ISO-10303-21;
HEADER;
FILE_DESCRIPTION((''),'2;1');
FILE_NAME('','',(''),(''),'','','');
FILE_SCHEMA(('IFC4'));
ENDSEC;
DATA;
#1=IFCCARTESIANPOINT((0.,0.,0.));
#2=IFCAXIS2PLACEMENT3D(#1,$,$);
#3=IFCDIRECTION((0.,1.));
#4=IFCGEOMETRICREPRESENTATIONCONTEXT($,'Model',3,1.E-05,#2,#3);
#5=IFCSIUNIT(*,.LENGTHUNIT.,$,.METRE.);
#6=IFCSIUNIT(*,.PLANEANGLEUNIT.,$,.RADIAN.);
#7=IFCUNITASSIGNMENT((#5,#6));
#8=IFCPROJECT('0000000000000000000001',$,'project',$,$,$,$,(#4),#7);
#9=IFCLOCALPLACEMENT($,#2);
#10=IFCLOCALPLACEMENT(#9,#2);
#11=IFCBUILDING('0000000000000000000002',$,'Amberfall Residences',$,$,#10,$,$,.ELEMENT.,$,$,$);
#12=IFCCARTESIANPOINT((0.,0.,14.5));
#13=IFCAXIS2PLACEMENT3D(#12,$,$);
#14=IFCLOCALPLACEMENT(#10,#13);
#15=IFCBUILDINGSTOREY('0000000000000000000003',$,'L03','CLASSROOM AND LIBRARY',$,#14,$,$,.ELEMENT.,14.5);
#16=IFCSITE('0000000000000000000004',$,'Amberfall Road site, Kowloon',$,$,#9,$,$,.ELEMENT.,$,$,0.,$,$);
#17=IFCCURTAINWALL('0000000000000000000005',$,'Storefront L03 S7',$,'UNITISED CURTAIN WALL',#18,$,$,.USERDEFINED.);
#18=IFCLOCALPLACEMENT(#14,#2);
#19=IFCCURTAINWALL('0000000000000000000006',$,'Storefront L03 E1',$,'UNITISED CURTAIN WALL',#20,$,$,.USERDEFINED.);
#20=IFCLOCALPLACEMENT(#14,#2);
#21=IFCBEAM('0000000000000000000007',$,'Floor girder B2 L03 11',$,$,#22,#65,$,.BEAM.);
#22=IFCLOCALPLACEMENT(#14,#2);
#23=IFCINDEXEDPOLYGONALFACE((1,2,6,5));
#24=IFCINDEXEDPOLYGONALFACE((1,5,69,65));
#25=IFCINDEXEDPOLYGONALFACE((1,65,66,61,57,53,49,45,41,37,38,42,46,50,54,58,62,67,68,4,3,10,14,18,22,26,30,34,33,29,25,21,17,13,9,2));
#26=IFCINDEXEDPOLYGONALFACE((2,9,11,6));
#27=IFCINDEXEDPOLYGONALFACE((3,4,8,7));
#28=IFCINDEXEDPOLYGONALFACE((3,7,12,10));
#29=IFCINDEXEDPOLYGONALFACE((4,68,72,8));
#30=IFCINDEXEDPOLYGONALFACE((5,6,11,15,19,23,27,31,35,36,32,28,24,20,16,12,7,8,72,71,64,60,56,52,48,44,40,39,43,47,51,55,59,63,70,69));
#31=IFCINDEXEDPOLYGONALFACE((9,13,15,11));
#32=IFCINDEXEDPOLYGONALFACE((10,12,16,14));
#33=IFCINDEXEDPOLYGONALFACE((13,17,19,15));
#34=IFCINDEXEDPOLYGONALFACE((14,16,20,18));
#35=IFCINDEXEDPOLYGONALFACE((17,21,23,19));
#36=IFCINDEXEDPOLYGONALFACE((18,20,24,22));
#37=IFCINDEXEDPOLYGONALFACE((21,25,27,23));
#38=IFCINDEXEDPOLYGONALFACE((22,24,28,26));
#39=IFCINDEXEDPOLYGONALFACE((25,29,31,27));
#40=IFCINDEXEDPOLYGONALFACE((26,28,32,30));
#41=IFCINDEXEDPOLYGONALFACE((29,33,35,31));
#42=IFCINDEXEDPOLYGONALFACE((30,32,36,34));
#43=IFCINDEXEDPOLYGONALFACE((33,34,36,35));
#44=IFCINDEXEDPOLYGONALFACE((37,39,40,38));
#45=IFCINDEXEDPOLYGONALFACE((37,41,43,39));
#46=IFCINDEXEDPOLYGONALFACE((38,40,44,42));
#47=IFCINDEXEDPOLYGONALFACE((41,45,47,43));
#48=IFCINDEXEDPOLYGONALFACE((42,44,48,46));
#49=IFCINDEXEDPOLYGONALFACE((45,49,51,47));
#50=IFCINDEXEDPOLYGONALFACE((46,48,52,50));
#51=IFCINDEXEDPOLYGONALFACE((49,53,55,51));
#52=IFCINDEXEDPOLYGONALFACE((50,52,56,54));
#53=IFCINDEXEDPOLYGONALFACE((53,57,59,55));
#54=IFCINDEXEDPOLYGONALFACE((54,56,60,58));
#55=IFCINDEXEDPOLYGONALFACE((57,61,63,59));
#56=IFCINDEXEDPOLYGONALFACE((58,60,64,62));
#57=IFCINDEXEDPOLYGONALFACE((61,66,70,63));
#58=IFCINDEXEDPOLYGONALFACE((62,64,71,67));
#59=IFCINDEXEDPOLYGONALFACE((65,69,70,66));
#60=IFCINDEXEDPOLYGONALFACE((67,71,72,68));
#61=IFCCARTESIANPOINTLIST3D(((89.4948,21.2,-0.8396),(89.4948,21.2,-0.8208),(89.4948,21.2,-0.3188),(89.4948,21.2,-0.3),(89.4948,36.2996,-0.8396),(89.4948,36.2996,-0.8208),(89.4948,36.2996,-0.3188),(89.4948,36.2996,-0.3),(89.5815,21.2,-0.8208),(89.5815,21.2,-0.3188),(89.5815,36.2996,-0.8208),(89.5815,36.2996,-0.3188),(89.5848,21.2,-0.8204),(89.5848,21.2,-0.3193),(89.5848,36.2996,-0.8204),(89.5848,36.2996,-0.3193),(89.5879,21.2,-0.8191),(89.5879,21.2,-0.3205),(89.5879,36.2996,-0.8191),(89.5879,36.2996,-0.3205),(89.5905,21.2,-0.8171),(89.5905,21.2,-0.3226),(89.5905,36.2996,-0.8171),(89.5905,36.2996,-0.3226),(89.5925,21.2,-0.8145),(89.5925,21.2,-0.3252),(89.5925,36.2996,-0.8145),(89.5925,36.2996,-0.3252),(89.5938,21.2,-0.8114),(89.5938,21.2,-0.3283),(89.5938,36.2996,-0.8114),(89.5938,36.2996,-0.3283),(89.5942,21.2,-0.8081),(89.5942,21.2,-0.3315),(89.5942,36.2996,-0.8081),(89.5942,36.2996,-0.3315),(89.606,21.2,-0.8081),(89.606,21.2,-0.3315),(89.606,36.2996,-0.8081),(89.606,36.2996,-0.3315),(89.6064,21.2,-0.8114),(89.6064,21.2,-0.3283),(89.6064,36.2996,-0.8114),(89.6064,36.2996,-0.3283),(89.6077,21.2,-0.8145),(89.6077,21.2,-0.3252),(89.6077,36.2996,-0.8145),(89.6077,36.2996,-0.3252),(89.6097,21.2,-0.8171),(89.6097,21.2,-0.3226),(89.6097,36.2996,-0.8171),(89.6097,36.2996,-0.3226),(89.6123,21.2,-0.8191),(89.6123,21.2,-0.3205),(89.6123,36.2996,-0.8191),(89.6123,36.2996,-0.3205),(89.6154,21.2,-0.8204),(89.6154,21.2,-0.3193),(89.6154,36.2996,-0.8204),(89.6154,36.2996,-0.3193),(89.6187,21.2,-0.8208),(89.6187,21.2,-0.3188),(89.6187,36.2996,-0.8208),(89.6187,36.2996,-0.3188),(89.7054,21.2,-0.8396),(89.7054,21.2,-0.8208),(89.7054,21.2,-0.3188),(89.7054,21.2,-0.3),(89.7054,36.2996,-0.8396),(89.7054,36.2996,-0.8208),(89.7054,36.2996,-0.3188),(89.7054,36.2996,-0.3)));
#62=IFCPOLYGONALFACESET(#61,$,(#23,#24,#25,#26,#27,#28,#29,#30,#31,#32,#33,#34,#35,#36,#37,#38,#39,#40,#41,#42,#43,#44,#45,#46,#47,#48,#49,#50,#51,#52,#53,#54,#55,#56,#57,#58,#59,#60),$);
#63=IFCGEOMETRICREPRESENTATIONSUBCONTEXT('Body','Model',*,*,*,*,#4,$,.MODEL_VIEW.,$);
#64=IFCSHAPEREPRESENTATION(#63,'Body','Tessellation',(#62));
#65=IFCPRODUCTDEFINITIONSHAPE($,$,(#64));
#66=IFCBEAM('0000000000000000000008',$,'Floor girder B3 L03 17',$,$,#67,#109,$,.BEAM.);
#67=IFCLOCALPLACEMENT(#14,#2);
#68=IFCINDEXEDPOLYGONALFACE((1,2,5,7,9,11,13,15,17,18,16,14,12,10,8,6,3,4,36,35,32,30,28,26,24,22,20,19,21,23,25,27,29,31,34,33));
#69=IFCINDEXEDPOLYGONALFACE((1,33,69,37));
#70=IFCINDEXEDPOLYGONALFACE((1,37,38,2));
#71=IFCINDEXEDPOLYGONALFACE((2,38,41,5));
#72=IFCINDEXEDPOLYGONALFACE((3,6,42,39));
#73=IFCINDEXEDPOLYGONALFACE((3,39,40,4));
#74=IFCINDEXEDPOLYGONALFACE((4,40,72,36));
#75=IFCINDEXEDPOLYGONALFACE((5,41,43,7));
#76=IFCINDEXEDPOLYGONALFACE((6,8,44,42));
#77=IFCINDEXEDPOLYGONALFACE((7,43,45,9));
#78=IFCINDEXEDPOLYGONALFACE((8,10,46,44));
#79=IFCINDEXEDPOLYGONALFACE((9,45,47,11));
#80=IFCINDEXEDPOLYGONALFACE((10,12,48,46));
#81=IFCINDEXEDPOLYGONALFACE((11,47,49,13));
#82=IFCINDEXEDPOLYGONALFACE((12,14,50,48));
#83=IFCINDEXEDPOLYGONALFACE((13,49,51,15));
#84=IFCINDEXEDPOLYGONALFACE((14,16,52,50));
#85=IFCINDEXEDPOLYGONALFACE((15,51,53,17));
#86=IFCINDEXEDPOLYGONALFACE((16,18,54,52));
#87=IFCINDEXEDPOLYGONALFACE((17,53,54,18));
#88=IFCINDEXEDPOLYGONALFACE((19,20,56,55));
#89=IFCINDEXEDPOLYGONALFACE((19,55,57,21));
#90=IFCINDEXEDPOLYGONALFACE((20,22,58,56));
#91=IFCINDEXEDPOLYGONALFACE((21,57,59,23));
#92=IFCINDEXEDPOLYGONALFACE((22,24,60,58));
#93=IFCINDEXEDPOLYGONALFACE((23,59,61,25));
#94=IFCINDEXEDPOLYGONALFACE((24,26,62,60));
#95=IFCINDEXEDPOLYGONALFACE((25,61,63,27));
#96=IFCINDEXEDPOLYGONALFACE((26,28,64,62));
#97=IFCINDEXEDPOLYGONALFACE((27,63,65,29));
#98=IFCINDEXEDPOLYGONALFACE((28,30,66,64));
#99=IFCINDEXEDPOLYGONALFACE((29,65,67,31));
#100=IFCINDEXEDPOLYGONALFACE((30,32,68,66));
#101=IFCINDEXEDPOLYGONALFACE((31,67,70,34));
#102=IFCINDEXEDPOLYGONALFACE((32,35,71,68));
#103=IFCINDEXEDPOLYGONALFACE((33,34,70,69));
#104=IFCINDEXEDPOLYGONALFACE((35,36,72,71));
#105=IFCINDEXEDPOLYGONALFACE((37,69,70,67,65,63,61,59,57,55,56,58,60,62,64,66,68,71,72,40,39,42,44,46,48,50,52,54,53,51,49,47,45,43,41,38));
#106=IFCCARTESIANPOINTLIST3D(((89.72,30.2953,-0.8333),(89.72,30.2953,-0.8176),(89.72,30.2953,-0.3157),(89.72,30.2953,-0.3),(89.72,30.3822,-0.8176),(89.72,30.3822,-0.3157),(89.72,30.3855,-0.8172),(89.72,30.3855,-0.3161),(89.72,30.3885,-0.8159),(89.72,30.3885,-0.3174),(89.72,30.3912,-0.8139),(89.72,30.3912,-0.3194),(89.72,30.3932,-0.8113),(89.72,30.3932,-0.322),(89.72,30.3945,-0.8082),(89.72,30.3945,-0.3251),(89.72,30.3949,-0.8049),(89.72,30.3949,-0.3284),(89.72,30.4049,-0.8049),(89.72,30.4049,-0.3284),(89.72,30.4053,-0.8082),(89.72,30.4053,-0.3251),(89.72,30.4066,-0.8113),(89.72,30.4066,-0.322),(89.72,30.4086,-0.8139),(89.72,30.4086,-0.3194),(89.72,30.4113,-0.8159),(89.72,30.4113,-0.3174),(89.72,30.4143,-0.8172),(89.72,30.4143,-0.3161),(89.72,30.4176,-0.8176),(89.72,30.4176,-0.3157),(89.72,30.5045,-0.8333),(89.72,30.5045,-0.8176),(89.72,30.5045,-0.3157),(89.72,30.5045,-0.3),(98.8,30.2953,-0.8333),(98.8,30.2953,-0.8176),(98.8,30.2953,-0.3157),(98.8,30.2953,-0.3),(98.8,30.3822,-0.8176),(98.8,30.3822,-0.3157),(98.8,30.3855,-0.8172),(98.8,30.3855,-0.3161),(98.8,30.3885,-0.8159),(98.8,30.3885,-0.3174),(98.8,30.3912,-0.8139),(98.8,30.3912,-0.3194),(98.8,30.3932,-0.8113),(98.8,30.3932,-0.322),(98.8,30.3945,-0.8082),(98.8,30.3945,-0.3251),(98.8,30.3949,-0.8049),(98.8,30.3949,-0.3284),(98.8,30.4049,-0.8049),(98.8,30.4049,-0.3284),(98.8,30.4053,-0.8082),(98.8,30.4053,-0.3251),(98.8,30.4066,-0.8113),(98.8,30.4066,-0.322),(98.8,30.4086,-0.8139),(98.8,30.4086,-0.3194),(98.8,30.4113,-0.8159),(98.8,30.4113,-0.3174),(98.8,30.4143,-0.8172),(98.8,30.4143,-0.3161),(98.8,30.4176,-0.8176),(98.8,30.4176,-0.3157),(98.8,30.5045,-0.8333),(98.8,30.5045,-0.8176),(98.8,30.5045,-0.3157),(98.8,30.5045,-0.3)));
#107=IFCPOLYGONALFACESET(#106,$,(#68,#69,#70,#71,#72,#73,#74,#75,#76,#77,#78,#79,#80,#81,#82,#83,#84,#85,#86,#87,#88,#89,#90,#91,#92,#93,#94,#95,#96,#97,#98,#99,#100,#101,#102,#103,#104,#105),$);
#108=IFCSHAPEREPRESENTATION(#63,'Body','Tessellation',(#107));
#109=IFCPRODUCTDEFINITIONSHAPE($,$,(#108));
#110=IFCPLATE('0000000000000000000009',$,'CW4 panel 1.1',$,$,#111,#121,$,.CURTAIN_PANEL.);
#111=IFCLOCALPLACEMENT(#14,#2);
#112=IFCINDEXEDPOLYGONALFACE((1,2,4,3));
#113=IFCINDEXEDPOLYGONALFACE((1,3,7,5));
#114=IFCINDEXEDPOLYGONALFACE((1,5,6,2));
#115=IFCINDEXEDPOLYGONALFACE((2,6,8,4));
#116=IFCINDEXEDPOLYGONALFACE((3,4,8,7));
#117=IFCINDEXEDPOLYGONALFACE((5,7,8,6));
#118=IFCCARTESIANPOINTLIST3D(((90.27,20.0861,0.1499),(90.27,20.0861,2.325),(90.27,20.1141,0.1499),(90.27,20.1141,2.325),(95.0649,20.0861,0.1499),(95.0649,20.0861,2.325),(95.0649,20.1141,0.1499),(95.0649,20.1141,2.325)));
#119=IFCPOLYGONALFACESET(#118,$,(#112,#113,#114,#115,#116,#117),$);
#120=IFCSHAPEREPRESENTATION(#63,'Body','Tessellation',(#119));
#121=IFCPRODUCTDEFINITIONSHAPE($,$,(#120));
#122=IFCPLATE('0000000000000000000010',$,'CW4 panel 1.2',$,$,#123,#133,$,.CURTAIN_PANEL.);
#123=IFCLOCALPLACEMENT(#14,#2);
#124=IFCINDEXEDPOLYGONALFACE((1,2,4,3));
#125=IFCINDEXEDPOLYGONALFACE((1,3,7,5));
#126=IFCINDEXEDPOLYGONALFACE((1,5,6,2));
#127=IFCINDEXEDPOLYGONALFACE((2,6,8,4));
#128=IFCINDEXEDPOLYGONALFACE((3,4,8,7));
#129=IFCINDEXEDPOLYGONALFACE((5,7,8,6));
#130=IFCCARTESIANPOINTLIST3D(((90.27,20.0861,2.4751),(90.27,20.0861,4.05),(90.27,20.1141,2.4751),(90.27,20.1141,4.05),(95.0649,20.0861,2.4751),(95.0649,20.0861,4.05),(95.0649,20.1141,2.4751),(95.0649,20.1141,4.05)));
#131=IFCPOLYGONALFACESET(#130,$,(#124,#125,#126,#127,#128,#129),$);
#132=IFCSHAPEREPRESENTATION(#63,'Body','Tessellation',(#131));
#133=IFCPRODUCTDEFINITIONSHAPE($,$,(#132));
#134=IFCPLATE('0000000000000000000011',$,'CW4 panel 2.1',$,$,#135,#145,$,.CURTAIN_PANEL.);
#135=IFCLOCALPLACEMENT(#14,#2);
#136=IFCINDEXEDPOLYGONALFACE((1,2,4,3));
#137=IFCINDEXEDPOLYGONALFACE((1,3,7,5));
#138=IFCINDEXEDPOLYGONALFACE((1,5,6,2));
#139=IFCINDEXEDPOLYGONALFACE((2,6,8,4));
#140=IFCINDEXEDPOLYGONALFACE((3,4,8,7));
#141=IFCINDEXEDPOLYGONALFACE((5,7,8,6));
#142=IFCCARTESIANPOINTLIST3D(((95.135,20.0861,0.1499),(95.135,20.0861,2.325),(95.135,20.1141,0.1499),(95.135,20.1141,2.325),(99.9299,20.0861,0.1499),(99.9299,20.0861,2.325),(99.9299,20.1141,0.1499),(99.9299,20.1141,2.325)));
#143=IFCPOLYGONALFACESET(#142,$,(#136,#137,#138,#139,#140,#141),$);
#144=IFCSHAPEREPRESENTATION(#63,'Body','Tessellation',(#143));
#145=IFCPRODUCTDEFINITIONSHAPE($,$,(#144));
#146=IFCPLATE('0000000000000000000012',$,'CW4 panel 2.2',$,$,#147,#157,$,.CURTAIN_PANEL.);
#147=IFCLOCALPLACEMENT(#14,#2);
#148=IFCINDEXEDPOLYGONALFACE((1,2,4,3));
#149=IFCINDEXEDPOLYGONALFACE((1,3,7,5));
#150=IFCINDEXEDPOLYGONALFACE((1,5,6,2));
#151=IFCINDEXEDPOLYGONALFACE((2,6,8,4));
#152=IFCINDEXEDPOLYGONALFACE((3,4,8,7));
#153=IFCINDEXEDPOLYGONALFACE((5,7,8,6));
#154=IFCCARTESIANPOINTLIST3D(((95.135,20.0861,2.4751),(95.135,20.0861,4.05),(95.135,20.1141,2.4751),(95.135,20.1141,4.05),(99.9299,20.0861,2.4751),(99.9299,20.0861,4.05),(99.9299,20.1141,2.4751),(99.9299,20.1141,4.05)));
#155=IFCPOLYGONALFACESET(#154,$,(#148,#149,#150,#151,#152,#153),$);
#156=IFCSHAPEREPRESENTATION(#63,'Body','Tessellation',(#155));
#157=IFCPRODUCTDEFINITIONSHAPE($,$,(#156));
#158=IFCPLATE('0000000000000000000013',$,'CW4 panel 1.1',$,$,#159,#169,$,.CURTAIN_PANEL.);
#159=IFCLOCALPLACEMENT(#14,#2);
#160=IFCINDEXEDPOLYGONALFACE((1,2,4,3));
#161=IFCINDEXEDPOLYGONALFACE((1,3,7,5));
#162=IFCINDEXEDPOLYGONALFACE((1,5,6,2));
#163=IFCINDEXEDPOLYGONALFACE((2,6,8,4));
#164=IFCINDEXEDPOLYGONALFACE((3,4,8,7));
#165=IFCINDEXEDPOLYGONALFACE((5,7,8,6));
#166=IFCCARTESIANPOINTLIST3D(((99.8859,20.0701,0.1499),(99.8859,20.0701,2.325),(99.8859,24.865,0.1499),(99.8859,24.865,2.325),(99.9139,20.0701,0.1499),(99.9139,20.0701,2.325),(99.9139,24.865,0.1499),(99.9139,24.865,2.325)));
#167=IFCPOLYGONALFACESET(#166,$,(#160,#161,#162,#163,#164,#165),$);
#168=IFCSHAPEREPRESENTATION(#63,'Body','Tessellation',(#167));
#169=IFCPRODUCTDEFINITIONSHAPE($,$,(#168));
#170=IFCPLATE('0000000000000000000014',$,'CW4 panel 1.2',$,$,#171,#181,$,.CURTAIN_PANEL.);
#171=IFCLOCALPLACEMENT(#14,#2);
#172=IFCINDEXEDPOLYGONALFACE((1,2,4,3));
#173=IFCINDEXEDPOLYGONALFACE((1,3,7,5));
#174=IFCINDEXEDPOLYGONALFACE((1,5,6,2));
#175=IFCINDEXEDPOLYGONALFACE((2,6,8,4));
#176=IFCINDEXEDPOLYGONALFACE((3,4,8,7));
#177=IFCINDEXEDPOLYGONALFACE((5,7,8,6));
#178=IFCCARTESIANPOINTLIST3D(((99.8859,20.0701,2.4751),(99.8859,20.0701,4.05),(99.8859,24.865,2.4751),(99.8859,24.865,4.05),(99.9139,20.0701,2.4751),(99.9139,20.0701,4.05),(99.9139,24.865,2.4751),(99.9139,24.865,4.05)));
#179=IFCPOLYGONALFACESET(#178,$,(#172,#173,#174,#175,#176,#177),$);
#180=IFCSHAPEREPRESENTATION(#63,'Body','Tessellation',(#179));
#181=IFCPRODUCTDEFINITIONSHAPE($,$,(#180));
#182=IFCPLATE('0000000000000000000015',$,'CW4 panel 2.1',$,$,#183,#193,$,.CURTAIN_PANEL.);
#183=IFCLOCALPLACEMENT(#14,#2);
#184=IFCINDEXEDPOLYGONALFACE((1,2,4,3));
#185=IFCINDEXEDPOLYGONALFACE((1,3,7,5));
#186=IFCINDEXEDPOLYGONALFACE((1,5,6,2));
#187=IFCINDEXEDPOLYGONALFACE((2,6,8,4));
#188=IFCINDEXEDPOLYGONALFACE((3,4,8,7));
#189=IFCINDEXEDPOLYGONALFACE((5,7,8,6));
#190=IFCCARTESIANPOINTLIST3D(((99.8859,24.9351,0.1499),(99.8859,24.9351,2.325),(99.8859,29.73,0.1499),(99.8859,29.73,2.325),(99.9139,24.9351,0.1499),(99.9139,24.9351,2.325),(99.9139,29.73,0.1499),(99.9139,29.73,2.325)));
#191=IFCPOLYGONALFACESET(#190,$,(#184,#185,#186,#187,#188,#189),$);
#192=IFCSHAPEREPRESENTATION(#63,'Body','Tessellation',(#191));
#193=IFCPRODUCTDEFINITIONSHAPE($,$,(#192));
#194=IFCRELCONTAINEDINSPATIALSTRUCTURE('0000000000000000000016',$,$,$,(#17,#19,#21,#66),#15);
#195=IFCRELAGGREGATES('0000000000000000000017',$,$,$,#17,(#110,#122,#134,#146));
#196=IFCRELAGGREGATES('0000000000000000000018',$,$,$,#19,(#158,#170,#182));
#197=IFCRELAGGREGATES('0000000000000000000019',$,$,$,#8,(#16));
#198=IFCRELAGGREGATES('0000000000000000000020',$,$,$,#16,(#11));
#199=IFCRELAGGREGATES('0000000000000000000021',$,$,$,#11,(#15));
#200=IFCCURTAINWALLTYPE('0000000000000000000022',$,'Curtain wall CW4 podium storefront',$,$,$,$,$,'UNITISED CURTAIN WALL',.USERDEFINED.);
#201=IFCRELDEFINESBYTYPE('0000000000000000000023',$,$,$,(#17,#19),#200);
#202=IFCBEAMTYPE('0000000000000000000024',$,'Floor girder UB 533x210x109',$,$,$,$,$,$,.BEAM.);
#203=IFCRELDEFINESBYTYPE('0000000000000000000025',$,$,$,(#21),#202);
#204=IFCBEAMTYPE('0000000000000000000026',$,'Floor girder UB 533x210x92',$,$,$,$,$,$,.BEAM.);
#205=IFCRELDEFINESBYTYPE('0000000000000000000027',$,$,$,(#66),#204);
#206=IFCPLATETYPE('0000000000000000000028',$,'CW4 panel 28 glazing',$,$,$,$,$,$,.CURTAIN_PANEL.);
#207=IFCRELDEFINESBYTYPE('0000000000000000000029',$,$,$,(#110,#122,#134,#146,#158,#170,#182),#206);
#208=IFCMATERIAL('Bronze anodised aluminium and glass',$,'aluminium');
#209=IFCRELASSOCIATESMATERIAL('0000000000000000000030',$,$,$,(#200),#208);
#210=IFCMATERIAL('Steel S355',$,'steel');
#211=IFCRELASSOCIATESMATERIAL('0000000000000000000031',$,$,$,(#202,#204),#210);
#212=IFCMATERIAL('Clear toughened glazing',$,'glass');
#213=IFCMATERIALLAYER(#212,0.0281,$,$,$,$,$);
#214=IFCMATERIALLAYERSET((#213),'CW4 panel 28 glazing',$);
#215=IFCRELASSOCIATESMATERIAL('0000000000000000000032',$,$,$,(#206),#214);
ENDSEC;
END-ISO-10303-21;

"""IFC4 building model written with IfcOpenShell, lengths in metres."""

from ifc_helpers import new_model, si_unit, direction, frame, origin, origin_2d, place, context, subcontext, project, spatial, rectangle, i_section, extrude, material, layer, layer_set, material_profile, profile_set, type_object, element, aggregate, save


model = new_model("IFC4")

# Units and contexts
model_context = context("Model", 3, precision=1e-05, world=origin(), true_north=direction((0.0, 1.0)))
body_context = subcontext(model_context, "Body", "Model", "MODEL_VIEW")
ifc_project = project(units=[si_unit("LENGTHUNIT", "METRE"), si_unit("PLANEANGLEUNIT", "RADIAN")], contexts=[model_context])

# Site, building, storey
site_placement = place(None, origin())
site = spatial("IfcSite", under=ifc_project, at=site_placement, Name="Amberfall Road site, Kowloon", CompositionType="ELEMENT", RefElevation=0.0)
building_placement = place(site_placement, origin())
building = spatial("IfcBuilding", under=site, at=building_placement, Name="Amberfall Residences", CompositionType="ELEMENT")
storey_placement = place(building_placement, frame((0.0, 0.0, 14.5)))
storey = spatial("IfcBuildingStorey", under=building, at=storey_placement, Name="L03", Description="CLASSROOM AND LIBRARY", CompositionType="ELEMENT", Elevation=14.5)

# Curtain walls
ifc_material_1 = material(Name="Bronze anodised aluminium and glass", Category="aluminium")
curtain_wall_type = type_object("IfcCurtainWallType", Name="Curtain wall CW4 podium storefront", ElementType="UNITISED CURTAIN WALL", PredefinedType="USERDEFINED", material=ifc_material_1)
curtain_wall_1_placement = place(storey_placement, origin())
curtain_wall_1 = element("IfcCurtainWall", 1, at=curtain_wall_1_placement, inside=storey, type_object=curtain_wall_type, Name="Storefront L03 S7", ObjectType="UNITISED CURTAIN WALL", PredefinedType="USERDEFINED")
curtain_wall_2_placement = place(storey_placement, origin())
curtain_wall_2 = element("IfcCurtainWall", 2, at=curtain_wall_2_placement, inside=storey, type_object=curtain_wall_type, Name="Storefront L03 E1", ObjectType="UNITISED CURTAIN WALL", PredefinedType="USERDEFINED")

# Beams
ifc_material_2 = material(Name="Steel S355", Category="steel")
ifc_material_profile_1 = material_profile(ifc_material_2, i_section(OverallWidth=0.2107, OverallDepth=0.5396, WebThickness=0.0117, FlangeThickness=0.0188, FilletRadius=0.0127, at=origin_2d()), Name="UB 533x210x109")
ifc_profile_set_1 = profile_set([ifc_material_profile_1], Name="Steel S355")
beam_type_1 = type_object("IfcBeamType", Name="Floor girder UB 533x210x109", PredefinedType="BEAM", material=ifc_profile_set_1)
beam_1_placement = place(storey_placement, frame((89.6001, 21.2, -0.5698), z_axis=(0.0, 1.0, 0.0), x_axis=(-1.0, 0.0, 0.0)))
element("IfcBeam", 3, at=beam_1_placement, inside=storey, type_object=beam_type_1, Name="Floor girder B2 L03 11", PredefinedType="BEAM", context=body_context, shape_type="SweptSolid", body=[
    extrude(i_section(OverallWidth=0.2107, OverallDepth=0.5396, WebThickness=0.0117, FlangeThickness=0.0188, FilletRadius=0.0127, at=origin_2d()), origin(), (0.0, 0.0, 1.0), 15.0996),
])
ifc_material_profile_2 = material_profile(ifc_material_2, i_section(OverallWidth=0.2092, OverallDepth=0.5332, WebThickness=0.01, FlangeThickness=0.0156, FilletRadius=0.0127, at=origin_2d()), Name="UB 533x210x92")
ifc_profile_set_2 = profile_set([ifc_material_profile_2], Name="Steel S355")
beam_type_2 = type_object("IfcBeamType", Name="Floor girder UB 533x210x92", PredefinedType="BEAM", material=ifc_profile_set_2)
beam_2_placement = place(storey_placement, frame((98.8, 30.3999, -0.5667), z_axis=(-1.0, 0.0, 0.0), x_axis=(0.0, -1.0, 0.0)))
element("IfcBeam", 4, at=beam_2_placement, inside=storey, type_object=beam_type_2, Name="Floor girder B3 L03 17", PredefinedType="BEAM", context=body_context, shape_type="SweptSolid", body=[
    extrude(i_section(OverallWidth=0.2092, OverallDepth=0.5332, WebThickness=0.01, FlangeThickness=0.0156, FilletRadius=0.0127, at=origin_2d()), origin(), (0.0, 0.0, 1.0), 9.0801),
])

# Plates
ifc_material_3 = material(Name="Clear toughened glazing", Category="glass")
ifc_layer_1 = layer(ifc_material_3, 0.0281)
ifc_layer_set_1 = layer_set([ifc_layer_1], Name="CW4 panel 28 glazing")
plate_type = type_object("IfcPlateType", Name="CW4 panel 28 glazing", PredefinedType="CURTAIN_PANEL", material=ifc_layer_set_1)
plate_1_placement = place(storey_placement, frame((92.6675, 20.1001, 0.1499), z_axis=(0.0, 0.0, 1.0), x_axis=(1.0, 0.0, 0.0)))
plate_1 = element("IfcPlate", 5, at=plate_1_placement, type_object=plate_type, Name="CW4 panel 1.1", PredefinedType="CURTAIN_PANEL", context=body_context, shape_type="SweptSolid", body=[
    extrude(rectangle(XDim=4.7949, YDim=0.0281, at=origin_2d()), origin(), (0.0, 0.0, 1.0), 2.175),
])
plate_2_placement = place(storey_placement, frame((92.6675, 20.1001, 2.4751), z_axis=(0.0, 0.0, 1.0), x_axis=(1.0, 0.0, 0.0)))
plate_2 = element("IfcPlate", 6, at=plate_2_placement, type_object=plate_type, Name="CW4 panel 1.2", PredefinedType="CURTAIN_PANEL", context=body_context, shape_type="SweptSolid", body=[
    extrude(rectangle(XDim=4.7949, YDim=0.0281, at=origin_2d()), origin(), (0.0, 0.0, 1.0), 1.575),
])
plate_3_placement = place(storey_placement, frame((97.5325, 20.1001, 0.1499), z_axis=(0.0, 0.0, 1.0), x_axis=(1.0, 0.0, 0.0)))
plate_3 = element("IfcPlate", 7, at=plate_3_placement, type_object=plate_type, Name="CW4 panel 2.1", PredefinedType="CURTAIN_PANEL", context=body_context, shape_type="SweptSolid", body=[
    extrude(rectangle(XDim=4.7949, YDim=0.0281, at=origin_2d()), origin(), (0.0, 0.0, 1.0), 2.175),
])
plate_4_placement = place(storey_placement, frame((97.5325, 20.1001, 2.4751), z_axis=(0.0, 0.0, 1.0), x_axis=(1.0, 0.0, 0.0)))
plate_4 = element("IfcPlate", 8, at=plate_4_placement, type_object=plate_type, Name="CW4 panel 2.2", PredefinedType="CURTAIN_PANEL", context=body_context, shape_type="SweptSolid", body=[
    extrude(rectangle(XDim=4.7949, YDim=0.0281, at=origin_2d()), origin(), (0.0, 0.0, 1.0), 1.575),
])
aggregate(curtain_wall_1, [plate_1, plate_2, plate_3, plate_4])
plate_5_placement = place(storey_placement, frame((99.8999, 22.4675, 0.1499), z_axis=(0.0, 0.0, 1.0), x_axis=(0.0, 1.0, 0.0)))
plate_5 = element("IfcPlate", 9, at=plate_5_placement, type_object=plate_type, Name="CW4 panel 1.1", PredefinedType="CURTAIN_PANEL", context=body_context, shape_type="SweptSolid", body=[
    extrude(rectangle(XDim=4.7949, YDim=0.0281, at=origin_2d()), origin(), (0.0, 0.0, 1.0), 2.175),
])
plate_6_placement = place(storey_placement, frame((99.8999, 22.4675, 2.4751), z_axis=(0.0, 0.0, 1.0), x_axis=(0.0, 1.0, 0.0)))
plate_6 = element("IfcPlate", 10, at=plate_6_placement, type_object=plate_type, Name="CW4 panel 1.2", PredefinedType="CURTAIN_PANEL", context=body_context, shape_type="SweptSolid", body=[
    extrude(rectangle(XDim=4.7949, YDim=0.0281, at=origin_2d()), origin(), (0.0, 0.0, 1.0), 1.575),
])
plate_7_placement = place(storey_placement, frame((99.8999, 27.3325, 0.1499), z_axis=(0.0, 0.0, 1.0), x_axis=(0.0, 1.0, 0.0)))
plate_7 = element("IfcPlate", 11, at=plate_7_placement, type_object=plate_type, Name="CW4 panel 2.1", PredefinedType="CURTAIN_PANEL", context=body_context, shape_type="SweptSolid", body=[
    extrude(rectangle(XDim=4.7949, YDim=0.0281, at=origin_2d()), origin(), (0.0, 0.0, 1.0), 2.175),
])
aggregate(curtain_wall_2, [plate_5, plate_6, plate_7])

save(model, "model.ifc")
